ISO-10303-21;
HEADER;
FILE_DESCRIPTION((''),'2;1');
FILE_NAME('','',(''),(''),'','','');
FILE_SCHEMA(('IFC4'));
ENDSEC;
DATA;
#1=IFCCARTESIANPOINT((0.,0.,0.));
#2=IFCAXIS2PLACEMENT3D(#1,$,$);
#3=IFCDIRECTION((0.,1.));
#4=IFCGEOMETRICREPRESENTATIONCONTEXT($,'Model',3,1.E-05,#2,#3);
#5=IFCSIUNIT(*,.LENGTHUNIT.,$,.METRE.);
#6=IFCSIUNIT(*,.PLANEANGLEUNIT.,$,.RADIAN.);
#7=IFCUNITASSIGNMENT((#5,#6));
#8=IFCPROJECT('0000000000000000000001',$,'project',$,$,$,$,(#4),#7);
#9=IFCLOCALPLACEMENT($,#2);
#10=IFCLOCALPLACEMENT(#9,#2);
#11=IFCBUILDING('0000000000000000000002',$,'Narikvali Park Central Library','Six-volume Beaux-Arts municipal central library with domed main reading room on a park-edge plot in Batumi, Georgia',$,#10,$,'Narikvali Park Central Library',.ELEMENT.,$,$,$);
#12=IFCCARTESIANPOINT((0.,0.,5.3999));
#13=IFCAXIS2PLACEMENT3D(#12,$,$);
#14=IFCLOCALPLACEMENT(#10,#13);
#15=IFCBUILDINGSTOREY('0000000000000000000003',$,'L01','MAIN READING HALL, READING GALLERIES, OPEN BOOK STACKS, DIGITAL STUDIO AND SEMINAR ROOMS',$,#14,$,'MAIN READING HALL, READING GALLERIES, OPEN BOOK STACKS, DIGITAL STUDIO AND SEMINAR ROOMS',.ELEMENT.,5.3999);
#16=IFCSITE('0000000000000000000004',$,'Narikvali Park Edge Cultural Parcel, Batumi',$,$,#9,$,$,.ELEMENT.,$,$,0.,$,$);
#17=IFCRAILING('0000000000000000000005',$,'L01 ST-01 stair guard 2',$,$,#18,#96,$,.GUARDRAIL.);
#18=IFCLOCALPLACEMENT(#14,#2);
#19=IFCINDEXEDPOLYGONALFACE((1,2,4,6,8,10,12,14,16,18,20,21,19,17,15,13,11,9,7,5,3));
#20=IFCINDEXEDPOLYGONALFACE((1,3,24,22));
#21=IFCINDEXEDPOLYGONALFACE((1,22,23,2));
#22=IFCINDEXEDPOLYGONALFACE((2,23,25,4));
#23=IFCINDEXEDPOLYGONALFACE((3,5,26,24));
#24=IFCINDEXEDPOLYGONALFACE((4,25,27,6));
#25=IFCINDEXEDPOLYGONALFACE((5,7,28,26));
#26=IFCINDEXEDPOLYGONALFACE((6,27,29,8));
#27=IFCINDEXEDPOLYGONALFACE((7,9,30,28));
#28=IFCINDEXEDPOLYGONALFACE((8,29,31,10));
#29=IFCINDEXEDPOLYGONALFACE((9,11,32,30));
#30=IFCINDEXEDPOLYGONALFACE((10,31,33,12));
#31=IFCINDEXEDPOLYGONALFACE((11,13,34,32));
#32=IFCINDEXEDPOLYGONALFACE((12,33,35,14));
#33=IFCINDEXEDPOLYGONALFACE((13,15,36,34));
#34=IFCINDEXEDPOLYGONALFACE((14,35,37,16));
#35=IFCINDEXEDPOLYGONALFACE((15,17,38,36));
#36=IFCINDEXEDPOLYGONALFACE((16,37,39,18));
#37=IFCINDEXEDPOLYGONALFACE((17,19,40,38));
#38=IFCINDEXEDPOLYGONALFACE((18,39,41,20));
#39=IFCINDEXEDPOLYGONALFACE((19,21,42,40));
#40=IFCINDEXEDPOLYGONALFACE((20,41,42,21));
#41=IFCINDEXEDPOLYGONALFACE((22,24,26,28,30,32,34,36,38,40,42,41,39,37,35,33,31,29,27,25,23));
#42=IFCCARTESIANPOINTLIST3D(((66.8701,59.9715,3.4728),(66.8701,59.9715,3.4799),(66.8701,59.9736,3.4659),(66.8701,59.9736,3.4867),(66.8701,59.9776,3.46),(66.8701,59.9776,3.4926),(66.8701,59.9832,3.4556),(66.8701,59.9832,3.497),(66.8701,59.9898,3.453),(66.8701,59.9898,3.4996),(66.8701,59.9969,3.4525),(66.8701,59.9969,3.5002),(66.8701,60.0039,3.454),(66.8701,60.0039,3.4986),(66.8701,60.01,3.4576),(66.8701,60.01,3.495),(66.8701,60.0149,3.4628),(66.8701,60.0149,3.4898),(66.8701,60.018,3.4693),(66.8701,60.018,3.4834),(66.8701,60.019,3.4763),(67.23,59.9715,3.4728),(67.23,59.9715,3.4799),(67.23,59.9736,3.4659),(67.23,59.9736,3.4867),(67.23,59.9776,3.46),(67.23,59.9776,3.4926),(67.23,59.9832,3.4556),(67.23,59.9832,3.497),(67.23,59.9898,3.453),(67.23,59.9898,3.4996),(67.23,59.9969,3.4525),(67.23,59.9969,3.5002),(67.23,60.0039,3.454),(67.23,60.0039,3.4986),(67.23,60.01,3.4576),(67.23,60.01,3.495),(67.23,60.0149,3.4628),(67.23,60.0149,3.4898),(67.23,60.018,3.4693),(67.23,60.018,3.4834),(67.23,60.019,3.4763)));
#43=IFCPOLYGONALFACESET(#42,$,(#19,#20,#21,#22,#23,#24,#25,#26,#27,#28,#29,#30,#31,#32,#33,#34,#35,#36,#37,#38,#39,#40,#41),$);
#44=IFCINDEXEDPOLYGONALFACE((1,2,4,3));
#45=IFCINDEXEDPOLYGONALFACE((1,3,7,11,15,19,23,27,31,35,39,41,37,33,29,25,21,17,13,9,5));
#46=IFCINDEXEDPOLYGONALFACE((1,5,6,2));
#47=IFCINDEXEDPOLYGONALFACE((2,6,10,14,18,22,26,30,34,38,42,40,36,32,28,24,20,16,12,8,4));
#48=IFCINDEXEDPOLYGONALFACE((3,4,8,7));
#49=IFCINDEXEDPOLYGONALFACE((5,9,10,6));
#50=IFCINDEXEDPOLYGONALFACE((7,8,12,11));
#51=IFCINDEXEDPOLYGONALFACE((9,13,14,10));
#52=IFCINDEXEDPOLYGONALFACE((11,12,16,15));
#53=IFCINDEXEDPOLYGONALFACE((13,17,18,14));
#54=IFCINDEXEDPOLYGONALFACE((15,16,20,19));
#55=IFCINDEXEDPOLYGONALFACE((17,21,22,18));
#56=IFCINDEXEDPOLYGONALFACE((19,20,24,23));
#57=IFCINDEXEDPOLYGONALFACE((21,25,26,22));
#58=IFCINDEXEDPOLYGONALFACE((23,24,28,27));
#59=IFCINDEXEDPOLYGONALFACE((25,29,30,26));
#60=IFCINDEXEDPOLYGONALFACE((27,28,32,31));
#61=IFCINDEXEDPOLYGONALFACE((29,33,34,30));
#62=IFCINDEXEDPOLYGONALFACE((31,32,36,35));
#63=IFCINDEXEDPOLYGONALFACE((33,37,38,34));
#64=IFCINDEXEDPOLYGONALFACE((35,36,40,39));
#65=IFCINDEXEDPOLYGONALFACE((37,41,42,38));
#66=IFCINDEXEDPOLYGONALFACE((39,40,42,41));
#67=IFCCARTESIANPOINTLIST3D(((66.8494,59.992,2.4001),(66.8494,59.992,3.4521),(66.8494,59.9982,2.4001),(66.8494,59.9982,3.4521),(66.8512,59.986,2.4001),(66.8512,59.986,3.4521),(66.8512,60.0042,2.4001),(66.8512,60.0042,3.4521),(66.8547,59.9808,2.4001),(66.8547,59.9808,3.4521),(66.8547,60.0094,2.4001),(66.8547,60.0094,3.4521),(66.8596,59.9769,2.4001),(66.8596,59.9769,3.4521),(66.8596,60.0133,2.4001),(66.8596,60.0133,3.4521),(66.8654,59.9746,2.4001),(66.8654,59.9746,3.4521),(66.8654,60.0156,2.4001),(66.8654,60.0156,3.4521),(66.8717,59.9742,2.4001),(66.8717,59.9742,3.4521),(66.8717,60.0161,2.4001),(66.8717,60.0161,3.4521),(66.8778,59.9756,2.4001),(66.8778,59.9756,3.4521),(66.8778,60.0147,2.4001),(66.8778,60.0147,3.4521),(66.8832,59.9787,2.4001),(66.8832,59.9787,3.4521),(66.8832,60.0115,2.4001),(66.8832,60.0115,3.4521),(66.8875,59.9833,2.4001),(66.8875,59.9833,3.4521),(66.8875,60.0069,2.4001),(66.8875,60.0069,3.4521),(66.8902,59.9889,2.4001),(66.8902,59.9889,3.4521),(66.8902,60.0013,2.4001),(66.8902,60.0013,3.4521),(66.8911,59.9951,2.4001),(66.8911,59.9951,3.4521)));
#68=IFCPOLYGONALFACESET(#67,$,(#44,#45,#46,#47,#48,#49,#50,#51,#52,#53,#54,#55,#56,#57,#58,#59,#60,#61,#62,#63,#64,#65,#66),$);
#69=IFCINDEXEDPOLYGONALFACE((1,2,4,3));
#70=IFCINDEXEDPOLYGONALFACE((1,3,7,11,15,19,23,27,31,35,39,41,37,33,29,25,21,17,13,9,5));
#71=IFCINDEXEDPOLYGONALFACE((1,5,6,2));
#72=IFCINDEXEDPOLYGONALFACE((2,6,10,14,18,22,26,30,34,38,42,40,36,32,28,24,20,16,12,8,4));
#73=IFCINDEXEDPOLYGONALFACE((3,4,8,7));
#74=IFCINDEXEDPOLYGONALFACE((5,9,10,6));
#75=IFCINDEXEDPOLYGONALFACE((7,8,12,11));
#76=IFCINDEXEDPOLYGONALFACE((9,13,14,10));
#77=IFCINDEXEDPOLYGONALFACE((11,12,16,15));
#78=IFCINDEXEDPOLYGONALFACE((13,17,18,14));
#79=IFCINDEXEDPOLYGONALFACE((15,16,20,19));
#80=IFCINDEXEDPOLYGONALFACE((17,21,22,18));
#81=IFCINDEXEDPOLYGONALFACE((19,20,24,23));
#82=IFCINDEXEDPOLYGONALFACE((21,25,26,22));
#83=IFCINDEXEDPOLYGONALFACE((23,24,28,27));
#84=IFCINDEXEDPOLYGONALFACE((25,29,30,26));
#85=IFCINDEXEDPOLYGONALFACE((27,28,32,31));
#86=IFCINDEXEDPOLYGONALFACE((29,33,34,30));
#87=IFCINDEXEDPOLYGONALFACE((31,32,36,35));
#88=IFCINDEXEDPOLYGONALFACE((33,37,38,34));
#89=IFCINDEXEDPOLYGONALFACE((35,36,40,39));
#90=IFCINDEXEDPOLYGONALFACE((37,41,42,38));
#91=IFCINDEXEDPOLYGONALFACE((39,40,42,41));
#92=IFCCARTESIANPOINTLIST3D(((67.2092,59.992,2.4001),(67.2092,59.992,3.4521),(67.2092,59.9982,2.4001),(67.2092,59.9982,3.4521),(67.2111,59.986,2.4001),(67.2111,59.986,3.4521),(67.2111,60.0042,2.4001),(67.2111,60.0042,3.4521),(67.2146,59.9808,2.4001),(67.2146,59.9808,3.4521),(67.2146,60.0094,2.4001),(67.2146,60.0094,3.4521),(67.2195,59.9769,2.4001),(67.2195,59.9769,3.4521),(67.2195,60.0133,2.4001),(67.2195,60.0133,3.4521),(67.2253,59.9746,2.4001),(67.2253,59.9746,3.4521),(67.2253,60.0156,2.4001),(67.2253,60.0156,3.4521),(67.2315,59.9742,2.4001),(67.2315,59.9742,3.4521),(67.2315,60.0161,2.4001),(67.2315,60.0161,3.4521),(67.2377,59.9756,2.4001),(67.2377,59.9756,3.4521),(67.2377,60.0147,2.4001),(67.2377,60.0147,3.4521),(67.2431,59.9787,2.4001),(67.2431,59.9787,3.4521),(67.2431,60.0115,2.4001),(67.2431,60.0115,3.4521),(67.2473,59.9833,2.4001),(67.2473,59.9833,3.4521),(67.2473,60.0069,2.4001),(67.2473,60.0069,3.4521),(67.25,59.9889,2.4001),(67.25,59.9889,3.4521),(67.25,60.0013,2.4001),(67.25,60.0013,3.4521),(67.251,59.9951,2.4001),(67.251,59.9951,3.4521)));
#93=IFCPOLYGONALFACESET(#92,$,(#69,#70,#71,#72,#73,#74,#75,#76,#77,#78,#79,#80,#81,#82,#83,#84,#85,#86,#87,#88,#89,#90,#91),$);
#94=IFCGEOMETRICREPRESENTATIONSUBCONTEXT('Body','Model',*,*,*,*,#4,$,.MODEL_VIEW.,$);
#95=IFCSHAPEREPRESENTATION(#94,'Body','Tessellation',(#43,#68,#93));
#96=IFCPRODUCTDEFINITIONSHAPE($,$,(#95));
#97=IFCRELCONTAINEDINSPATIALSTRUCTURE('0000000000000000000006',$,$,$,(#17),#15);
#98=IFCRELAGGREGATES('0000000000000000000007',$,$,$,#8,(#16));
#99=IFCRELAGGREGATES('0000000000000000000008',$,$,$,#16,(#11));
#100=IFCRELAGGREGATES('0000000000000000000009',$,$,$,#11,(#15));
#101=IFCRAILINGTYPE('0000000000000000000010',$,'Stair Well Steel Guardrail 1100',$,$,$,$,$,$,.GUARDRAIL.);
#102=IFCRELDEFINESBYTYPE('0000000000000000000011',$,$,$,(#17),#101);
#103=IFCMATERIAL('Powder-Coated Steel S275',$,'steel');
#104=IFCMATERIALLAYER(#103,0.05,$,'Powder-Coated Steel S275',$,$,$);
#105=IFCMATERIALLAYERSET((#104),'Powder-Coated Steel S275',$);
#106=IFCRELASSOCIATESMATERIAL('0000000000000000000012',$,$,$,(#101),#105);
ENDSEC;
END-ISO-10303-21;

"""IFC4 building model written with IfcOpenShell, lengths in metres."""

from ifc_helpers import new_model, si_unit, direction, frame, origin, origin_2d, place, context, subcontext, project, spatial, circle, extrude, material, layer, layer_set, type_object, element, save


model = new_model("IFC4")

# Units and contexts
model_context = context("Model", 3, precision=1e-05, world=origin(), true_north=direction((0.0, 1.0)))
body_context = subcontext(model_context, "Body", "Model", "MODEL_VIEW")
ifc_project = project(units=[si_unit("LENGTHUNIT", "METRE"), si_unit("PLANEANGLEUNIT", "RADIAN")], contexts=[model_context])

# Site, building, storey
site_placement = place(None, origin())
site = spatial("IfcSite", under=ifc_project, at=site_placement, Name="Narikvali Park Edge Cultural Parcel, Batumi", CompositionType="ELEMENT", RefElevation=0.0)
building_placement = place(site_placement, origin())
building = spatial("IfcBuilding", under=site, at=building_placement, Name="Narikvali Park Central Library", Description="Six-volume Beaux-Arts municipal central library with domed main reading room on a park-edge plot in Batumi, Georgia", LongName="Narikvali Park Central Library", CompositionType="ELEMENT")
storey_placement = place(building_placement, frame((0.0, 0.0, 5.3999)))
storey = spatial("IfcBuildingStorey", under=building, at=storey_placement, Name="L01", Description="MAIN READING HALL, READING GALLERIES, OPEN BOOK STACKS, DIGITAL STUDIO AND SEMINAR ROOMS", LongName="MAIN READING HALL, READING GALLERIES, OPEN BOOK STACKS, DIGITAL STUDIO AND SEMINAR ROOMS", CompositionType="ELEMENT", Elevation=5.3999)

# Railing
ifc_material_1 = material(Name="Powder-Coated Steel S275", Category="steel")
ifc_layer_1 = layer(ifc_material_1, 0.05, Name="Powder-Coated Steel S275")
ifc_layer_set_1 = layer_set([ifc_layer_1], Name="Powder-Coated Steel S275")
railing_type_1 = type_object("IfcRailingType", Name="Stair Well Steel Guardrail 1100", PredefinedType="GUARDRAIL", material=ifc_layer_set_1)
railing_1_placement = place(storey_placement, frame((66.8701, 59.9951, 2.4001)))
element("IfcRailing", 1, at=railing_1_placement, inside=storey, type_object=railing_type_1, Name="L01 ST-01 stair guard 2", PredefinedType="GUARDRAIL", context=body_context, shape_type="SweptSolid", body=[
    extrude(circle(Radius=0.0239, at=origin_2d()), frame((0.0, 0.0, 1.0762), z_axis=(1.0, 0.0, 0.0), x_axis=(0.0, 1.0, 0.0)), (0.0, 0.0, 1.0), 0.3599),
    extrude(circle(Radius=0.021, at=origin_2d()), origin(), (0.0, 0.0, 1.0), 1.052),
    extrude(circle(Radius=0.021, at=origin_2d()), frame((0.3599, 0.0, 0.0)), (0.0, 0.0, 1.0), 1.052),
])

save(model, "model.ifc")
